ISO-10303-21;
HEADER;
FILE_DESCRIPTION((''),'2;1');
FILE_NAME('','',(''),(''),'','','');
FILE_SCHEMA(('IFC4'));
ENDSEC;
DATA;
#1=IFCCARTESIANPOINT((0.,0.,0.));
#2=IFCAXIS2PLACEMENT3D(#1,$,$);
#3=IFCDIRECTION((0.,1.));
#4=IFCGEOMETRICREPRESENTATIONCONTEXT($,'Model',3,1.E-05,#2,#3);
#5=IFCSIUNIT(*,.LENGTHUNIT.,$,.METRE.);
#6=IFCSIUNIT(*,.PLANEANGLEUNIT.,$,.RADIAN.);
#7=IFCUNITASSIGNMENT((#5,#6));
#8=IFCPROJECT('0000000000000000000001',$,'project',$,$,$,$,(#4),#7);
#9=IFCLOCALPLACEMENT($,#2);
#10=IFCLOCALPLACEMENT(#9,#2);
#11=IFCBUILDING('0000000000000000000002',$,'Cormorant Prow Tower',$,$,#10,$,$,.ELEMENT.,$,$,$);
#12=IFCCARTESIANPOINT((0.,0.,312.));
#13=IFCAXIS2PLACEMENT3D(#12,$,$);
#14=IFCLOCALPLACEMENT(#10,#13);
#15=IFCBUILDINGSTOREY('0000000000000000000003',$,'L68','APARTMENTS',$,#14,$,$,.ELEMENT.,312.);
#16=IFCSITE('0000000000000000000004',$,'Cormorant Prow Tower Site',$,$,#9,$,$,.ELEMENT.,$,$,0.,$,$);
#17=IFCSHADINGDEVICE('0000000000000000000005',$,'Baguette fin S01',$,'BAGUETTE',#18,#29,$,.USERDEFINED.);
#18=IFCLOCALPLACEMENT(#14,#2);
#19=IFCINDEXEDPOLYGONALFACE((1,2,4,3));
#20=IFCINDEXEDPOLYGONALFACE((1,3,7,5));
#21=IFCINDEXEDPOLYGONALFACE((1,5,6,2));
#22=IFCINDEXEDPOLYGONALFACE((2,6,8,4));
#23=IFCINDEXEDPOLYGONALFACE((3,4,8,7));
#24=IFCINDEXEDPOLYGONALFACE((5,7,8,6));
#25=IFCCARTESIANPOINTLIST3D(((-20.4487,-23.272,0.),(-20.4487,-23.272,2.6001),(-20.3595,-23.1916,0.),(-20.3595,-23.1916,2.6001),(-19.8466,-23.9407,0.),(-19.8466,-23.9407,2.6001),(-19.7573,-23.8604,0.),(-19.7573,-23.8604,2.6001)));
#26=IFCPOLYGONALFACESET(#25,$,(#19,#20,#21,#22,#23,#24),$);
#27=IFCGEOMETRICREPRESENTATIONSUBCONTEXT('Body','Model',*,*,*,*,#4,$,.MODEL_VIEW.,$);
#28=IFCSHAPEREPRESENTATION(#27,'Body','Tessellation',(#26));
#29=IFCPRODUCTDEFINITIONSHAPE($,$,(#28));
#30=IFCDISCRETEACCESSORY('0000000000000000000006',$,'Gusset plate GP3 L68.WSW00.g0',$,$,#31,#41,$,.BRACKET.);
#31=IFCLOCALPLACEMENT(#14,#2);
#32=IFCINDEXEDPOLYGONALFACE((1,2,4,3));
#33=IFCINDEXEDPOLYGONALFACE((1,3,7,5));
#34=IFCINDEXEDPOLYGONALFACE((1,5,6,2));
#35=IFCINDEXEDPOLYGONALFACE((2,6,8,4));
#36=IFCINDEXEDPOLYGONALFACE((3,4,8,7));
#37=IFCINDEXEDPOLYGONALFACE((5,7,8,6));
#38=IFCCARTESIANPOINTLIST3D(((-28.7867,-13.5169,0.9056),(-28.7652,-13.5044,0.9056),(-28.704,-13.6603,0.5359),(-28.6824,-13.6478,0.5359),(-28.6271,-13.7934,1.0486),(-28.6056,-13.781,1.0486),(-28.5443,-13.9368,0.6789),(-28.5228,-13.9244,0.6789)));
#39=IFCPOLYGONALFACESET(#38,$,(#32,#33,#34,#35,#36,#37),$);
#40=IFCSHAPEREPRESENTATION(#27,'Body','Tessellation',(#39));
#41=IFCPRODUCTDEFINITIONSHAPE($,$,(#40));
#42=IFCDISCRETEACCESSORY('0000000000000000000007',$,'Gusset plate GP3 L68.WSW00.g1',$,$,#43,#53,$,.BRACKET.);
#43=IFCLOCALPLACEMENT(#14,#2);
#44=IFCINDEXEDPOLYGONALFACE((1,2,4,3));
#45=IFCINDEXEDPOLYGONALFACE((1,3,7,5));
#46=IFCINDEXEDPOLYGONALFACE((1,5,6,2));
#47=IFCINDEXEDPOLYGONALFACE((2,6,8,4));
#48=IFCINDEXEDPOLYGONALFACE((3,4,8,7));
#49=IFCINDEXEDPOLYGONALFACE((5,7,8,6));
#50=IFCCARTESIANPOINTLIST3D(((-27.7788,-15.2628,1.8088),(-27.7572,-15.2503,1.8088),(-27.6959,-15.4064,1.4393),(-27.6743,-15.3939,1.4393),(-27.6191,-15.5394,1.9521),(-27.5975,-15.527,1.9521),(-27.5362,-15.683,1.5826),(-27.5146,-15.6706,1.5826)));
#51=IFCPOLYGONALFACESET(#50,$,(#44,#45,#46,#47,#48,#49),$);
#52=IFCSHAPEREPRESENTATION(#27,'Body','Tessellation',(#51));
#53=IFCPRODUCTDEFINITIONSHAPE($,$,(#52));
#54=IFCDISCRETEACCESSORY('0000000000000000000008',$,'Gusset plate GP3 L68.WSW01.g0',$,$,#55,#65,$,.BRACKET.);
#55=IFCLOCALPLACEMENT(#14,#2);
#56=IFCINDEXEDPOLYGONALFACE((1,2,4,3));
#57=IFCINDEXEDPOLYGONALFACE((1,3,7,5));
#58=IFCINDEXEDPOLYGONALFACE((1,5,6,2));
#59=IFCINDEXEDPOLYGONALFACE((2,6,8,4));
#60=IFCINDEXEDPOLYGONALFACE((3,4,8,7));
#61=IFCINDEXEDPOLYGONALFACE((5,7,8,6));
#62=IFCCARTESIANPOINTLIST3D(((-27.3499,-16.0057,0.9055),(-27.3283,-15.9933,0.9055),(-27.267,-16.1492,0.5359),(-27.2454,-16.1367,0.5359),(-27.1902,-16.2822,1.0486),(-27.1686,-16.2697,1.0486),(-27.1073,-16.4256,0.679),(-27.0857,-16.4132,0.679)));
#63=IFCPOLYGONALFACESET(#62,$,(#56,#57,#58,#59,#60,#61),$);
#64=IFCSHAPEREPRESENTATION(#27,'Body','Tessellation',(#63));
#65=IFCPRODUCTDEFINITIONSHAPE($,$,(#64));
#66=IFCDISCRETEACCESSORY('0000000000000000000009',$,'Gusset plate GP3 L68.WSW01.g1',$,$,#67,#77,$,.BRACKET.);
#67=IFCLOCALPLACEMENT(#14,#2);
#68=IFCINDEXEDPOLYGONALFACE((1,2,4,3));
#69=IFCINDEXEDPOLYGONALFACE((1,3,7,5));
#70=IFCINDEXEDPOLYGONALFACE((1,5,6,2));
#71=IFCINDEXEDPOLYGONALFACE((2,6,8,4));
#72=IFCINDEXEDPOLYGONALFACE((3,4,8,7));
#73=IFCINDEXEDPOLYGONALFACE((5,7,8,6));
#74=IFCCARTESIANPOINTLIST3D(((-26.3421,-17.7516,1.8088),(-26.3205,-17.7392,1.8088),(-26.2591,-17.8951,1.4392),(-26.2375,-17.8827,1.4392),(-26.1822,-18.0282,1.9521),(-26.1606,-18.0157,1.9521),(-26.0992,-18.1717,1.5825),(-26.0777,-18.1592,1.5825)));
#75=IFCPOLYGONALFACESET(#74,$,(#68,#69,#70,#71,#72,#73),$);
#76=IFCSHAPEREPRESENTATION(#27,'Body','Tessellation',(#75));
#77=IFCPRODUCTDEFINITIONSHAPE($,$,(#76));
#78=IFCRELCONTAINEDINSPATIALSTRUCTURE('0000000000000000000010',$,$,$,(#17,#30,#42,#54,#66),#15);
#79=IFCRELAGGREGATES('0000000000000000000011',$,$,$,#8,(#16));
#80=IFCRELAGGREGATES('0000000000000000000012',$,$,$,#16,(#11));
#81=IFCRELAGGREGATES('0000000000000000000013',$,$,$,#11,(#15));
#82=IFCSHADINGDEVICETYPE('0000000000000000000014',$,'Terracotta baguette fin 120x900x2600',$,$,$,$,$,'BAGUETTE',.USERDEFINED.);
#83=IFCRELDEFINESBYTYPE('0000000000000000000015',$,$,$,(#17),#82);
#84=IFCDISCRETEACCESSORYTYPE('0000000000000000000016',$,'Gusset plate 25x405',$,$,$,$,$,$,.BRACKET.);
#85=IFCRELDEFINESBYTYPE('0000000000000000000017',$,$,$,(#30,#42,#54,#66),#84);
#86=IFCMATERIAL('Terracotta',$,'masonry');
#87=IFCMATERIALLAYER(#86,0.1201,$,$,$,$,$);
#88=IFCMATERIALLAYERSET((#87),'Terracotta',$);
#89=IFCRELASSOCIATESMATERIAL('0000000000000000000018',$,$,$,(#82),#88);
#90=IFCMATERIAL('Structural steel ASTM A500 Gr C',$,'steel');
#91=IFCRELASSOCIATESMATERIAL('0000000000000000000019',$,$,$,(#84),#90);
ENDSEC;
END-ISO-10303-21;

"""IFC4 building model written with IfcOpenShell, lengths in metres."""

from ifc_helpers import new_model, si_unit, direction, frame, origin, origin_2d, place, context, subcontext, project, spatial, rectangle, extrude, material, layer, layer_set, material_profile, profile_set, type_object, element, save


model = new_model("IFC4")

# Units and contexts
model_context = context("Model", 3, precision=1e-05, world=origin(), true_north=direction((0.0, 1.0)))
body_context = subcontext(model_context, "Body", "Model", "MODEL_VIEW")
ifc_project = project(units=[si_unit("LENGTHUNIT", "METRE"), si_unit("PLANEANGLEUNIT", "RADIAN")], contexts=[model_context])

# Site, building, storey
site_placement = place(None, origin())
site = spatial("IfcSite", under=ifc_project, at=site_placement, Name="Cormorant Prow Tower Site", CompositionType="ELEMENT", RefElevation=0.0)
building_placement = place(site_placement, origin())
building = spatial("IfcBuilding", under=site, at=building_placement, Name="Cormorant Prow Tower", CompositionType="ELEMENT")
storey_placement = place(building_placement, frame((0.0, 0.0, 312.0)))
storey = spatial("IfcBuildingStorey", under=building, at=storey_placement, Name="L68", Description="APARTMENTS", CompositionType="ELEMENT", Elevation=312.0)

# Shading device
ifc_material_1 = material(Name="Terracotta", Category="masonry")
ifc_layer_1 = layer(ifc_material_1, 0.1201)
ifc_layer_set_1 = layer_set([ifc_layer_1], Name="Terracotta")
shading_device_type = type_object("IfcShadingDeviceType", Name="Terracotta baguette fin 120x900x2600", ElementType="BAGUETTE", PredefinedType="USERDEFINED", material=ifc_layer_set_1)
shading_device_placement = place(storey_placement, frame((-20.103, -23.5662, 0.0), z_axis=(0.0, 0.0, 1.0), x_axis=(0.743145, 0.669131, 0.0)))
element("IfcShadingDevice", 1, at=shading_device_placement, inside=storey, type_object=shading_device_type, Name="Baguette fin S01", ObjectType="BAGUETTE", PredefinedType="USERDEFINED", context=body_context, shape_type="SweptSolid", body=[
    extrude(rectangle(XDim=0.1201, YDim=0.8999, at=origin_2d()), origin(), (0.0, 0.0, 1.0), 2.6001),
])

# Discrete accessories
ifc_material_2 = material(Name="Structural steel ASTM A500 Gr C", Category="steel")
ifc_material_profile_1 = material_profile(ifc_material_2, rectangle(XDim=0.0249, YDim=0.405, at=origin_2d()), Name="Gusset plate 25x405")
ifc_profile_set_1 = profile_set([ifc_material_profile_1], Name="Structural steel ASTM A500 Gr C")
discrete_accessory_type = type_object("IfcDiscreteAccessoryType", Name="Gusset plate 25x405", PredefinedType="BRACKET", material=ifc_profile_set_1)
discrete_accessory_1_placement = place(storey_placement, frame((-28.575, -13.8589, 0.8638), z_axis=(-0.456239, 0.790397, -0.408802), x_axis=(-0.866071, -0.499921, 0.0)))
element("IfcDiscreteAccessory", 2, at=discrete_accessory_1_placement, inside=storey, type_object=discrete_accessory_type, Name="Gusset plate GP3 L68.WSW00.g0", PredefinedType="BRACKET", context=body_context, shape_type="SweptSolid", body=[
    extrude(rectangle(XDim=0.0249, YDim=0.405, at=origin_2d()), origin(), (0.0, 0.0, 1.0), 0.3499),
])
discrete_accessory_2_placement = place(storey_placement, frame((-27.7266, -15.3284, 1.624), z_axis=(0.456109, -0.790171, 0.409383), x_axis=(0.866071, 0.499921, 0.0)))
element("IfcDiscreteAccessory", 3, at=discrete_accessory_2_placement, inside=storey, type_object=discrete_accessory_type, Name="Gusset plate GP3 L68.WSW00.g1", PredefinedType="BRACKET", context=body_context, shape_type="SweptSolid", body=[
    extrude(rectangle(XDim=0.0249, YDim=0.405, at=origin_2d()), origin(), (0.0, 0.0, 1.0), 0.3501),
])
discrete_accessory_3_placement = place(storey_placement, frame((-27.1379, -16.3477, 0.8638), z_axis=(-0.456491, 0.790135, -0.409027), x_axis=(-0.86588, -0.500252, 0.0)))
element("IfcDiscreteAccessory", 4, at=discrete_accessory_3_placement, inside=storey, type_object=discrete_accessory_type, Name="Gusset plate GP3 L68.WSW01.g0", PredefinedType="BRACKET", context=body_context, shape_type="SweptSolid", body=[
    extrude(rectangle(XDim=0.0249, YDim=0.405, at=origin_2d()), origin(), (0.0, 0.0, 1.0), 0.3499),
])
discrete_accessory_4_placement = place(storey_placement, frame((-26.2898, -17.8171, 1.624), z_axis=(0.456661, -0.78992, 0.409252), x_axis=(0.86574, 0.500494, 0.0)))
element("IfcDiscreteAccessory", 5, at=discrete_accessory_4_placement, inside=storey, type_object=discrete_accessory_type, Name="Gusset plate GP3 L68.WSW01.g1", PredefinedType="BRACKET", context=body_context, shape_type="SweptSolid", body=[
    extrude(rectangle(XDim=0.0249, YDim=0.405, at=origin_2d()), origin(), (0.0, 0.0, 1.0), 0.3501),
])

save(model, "model.ifc")
